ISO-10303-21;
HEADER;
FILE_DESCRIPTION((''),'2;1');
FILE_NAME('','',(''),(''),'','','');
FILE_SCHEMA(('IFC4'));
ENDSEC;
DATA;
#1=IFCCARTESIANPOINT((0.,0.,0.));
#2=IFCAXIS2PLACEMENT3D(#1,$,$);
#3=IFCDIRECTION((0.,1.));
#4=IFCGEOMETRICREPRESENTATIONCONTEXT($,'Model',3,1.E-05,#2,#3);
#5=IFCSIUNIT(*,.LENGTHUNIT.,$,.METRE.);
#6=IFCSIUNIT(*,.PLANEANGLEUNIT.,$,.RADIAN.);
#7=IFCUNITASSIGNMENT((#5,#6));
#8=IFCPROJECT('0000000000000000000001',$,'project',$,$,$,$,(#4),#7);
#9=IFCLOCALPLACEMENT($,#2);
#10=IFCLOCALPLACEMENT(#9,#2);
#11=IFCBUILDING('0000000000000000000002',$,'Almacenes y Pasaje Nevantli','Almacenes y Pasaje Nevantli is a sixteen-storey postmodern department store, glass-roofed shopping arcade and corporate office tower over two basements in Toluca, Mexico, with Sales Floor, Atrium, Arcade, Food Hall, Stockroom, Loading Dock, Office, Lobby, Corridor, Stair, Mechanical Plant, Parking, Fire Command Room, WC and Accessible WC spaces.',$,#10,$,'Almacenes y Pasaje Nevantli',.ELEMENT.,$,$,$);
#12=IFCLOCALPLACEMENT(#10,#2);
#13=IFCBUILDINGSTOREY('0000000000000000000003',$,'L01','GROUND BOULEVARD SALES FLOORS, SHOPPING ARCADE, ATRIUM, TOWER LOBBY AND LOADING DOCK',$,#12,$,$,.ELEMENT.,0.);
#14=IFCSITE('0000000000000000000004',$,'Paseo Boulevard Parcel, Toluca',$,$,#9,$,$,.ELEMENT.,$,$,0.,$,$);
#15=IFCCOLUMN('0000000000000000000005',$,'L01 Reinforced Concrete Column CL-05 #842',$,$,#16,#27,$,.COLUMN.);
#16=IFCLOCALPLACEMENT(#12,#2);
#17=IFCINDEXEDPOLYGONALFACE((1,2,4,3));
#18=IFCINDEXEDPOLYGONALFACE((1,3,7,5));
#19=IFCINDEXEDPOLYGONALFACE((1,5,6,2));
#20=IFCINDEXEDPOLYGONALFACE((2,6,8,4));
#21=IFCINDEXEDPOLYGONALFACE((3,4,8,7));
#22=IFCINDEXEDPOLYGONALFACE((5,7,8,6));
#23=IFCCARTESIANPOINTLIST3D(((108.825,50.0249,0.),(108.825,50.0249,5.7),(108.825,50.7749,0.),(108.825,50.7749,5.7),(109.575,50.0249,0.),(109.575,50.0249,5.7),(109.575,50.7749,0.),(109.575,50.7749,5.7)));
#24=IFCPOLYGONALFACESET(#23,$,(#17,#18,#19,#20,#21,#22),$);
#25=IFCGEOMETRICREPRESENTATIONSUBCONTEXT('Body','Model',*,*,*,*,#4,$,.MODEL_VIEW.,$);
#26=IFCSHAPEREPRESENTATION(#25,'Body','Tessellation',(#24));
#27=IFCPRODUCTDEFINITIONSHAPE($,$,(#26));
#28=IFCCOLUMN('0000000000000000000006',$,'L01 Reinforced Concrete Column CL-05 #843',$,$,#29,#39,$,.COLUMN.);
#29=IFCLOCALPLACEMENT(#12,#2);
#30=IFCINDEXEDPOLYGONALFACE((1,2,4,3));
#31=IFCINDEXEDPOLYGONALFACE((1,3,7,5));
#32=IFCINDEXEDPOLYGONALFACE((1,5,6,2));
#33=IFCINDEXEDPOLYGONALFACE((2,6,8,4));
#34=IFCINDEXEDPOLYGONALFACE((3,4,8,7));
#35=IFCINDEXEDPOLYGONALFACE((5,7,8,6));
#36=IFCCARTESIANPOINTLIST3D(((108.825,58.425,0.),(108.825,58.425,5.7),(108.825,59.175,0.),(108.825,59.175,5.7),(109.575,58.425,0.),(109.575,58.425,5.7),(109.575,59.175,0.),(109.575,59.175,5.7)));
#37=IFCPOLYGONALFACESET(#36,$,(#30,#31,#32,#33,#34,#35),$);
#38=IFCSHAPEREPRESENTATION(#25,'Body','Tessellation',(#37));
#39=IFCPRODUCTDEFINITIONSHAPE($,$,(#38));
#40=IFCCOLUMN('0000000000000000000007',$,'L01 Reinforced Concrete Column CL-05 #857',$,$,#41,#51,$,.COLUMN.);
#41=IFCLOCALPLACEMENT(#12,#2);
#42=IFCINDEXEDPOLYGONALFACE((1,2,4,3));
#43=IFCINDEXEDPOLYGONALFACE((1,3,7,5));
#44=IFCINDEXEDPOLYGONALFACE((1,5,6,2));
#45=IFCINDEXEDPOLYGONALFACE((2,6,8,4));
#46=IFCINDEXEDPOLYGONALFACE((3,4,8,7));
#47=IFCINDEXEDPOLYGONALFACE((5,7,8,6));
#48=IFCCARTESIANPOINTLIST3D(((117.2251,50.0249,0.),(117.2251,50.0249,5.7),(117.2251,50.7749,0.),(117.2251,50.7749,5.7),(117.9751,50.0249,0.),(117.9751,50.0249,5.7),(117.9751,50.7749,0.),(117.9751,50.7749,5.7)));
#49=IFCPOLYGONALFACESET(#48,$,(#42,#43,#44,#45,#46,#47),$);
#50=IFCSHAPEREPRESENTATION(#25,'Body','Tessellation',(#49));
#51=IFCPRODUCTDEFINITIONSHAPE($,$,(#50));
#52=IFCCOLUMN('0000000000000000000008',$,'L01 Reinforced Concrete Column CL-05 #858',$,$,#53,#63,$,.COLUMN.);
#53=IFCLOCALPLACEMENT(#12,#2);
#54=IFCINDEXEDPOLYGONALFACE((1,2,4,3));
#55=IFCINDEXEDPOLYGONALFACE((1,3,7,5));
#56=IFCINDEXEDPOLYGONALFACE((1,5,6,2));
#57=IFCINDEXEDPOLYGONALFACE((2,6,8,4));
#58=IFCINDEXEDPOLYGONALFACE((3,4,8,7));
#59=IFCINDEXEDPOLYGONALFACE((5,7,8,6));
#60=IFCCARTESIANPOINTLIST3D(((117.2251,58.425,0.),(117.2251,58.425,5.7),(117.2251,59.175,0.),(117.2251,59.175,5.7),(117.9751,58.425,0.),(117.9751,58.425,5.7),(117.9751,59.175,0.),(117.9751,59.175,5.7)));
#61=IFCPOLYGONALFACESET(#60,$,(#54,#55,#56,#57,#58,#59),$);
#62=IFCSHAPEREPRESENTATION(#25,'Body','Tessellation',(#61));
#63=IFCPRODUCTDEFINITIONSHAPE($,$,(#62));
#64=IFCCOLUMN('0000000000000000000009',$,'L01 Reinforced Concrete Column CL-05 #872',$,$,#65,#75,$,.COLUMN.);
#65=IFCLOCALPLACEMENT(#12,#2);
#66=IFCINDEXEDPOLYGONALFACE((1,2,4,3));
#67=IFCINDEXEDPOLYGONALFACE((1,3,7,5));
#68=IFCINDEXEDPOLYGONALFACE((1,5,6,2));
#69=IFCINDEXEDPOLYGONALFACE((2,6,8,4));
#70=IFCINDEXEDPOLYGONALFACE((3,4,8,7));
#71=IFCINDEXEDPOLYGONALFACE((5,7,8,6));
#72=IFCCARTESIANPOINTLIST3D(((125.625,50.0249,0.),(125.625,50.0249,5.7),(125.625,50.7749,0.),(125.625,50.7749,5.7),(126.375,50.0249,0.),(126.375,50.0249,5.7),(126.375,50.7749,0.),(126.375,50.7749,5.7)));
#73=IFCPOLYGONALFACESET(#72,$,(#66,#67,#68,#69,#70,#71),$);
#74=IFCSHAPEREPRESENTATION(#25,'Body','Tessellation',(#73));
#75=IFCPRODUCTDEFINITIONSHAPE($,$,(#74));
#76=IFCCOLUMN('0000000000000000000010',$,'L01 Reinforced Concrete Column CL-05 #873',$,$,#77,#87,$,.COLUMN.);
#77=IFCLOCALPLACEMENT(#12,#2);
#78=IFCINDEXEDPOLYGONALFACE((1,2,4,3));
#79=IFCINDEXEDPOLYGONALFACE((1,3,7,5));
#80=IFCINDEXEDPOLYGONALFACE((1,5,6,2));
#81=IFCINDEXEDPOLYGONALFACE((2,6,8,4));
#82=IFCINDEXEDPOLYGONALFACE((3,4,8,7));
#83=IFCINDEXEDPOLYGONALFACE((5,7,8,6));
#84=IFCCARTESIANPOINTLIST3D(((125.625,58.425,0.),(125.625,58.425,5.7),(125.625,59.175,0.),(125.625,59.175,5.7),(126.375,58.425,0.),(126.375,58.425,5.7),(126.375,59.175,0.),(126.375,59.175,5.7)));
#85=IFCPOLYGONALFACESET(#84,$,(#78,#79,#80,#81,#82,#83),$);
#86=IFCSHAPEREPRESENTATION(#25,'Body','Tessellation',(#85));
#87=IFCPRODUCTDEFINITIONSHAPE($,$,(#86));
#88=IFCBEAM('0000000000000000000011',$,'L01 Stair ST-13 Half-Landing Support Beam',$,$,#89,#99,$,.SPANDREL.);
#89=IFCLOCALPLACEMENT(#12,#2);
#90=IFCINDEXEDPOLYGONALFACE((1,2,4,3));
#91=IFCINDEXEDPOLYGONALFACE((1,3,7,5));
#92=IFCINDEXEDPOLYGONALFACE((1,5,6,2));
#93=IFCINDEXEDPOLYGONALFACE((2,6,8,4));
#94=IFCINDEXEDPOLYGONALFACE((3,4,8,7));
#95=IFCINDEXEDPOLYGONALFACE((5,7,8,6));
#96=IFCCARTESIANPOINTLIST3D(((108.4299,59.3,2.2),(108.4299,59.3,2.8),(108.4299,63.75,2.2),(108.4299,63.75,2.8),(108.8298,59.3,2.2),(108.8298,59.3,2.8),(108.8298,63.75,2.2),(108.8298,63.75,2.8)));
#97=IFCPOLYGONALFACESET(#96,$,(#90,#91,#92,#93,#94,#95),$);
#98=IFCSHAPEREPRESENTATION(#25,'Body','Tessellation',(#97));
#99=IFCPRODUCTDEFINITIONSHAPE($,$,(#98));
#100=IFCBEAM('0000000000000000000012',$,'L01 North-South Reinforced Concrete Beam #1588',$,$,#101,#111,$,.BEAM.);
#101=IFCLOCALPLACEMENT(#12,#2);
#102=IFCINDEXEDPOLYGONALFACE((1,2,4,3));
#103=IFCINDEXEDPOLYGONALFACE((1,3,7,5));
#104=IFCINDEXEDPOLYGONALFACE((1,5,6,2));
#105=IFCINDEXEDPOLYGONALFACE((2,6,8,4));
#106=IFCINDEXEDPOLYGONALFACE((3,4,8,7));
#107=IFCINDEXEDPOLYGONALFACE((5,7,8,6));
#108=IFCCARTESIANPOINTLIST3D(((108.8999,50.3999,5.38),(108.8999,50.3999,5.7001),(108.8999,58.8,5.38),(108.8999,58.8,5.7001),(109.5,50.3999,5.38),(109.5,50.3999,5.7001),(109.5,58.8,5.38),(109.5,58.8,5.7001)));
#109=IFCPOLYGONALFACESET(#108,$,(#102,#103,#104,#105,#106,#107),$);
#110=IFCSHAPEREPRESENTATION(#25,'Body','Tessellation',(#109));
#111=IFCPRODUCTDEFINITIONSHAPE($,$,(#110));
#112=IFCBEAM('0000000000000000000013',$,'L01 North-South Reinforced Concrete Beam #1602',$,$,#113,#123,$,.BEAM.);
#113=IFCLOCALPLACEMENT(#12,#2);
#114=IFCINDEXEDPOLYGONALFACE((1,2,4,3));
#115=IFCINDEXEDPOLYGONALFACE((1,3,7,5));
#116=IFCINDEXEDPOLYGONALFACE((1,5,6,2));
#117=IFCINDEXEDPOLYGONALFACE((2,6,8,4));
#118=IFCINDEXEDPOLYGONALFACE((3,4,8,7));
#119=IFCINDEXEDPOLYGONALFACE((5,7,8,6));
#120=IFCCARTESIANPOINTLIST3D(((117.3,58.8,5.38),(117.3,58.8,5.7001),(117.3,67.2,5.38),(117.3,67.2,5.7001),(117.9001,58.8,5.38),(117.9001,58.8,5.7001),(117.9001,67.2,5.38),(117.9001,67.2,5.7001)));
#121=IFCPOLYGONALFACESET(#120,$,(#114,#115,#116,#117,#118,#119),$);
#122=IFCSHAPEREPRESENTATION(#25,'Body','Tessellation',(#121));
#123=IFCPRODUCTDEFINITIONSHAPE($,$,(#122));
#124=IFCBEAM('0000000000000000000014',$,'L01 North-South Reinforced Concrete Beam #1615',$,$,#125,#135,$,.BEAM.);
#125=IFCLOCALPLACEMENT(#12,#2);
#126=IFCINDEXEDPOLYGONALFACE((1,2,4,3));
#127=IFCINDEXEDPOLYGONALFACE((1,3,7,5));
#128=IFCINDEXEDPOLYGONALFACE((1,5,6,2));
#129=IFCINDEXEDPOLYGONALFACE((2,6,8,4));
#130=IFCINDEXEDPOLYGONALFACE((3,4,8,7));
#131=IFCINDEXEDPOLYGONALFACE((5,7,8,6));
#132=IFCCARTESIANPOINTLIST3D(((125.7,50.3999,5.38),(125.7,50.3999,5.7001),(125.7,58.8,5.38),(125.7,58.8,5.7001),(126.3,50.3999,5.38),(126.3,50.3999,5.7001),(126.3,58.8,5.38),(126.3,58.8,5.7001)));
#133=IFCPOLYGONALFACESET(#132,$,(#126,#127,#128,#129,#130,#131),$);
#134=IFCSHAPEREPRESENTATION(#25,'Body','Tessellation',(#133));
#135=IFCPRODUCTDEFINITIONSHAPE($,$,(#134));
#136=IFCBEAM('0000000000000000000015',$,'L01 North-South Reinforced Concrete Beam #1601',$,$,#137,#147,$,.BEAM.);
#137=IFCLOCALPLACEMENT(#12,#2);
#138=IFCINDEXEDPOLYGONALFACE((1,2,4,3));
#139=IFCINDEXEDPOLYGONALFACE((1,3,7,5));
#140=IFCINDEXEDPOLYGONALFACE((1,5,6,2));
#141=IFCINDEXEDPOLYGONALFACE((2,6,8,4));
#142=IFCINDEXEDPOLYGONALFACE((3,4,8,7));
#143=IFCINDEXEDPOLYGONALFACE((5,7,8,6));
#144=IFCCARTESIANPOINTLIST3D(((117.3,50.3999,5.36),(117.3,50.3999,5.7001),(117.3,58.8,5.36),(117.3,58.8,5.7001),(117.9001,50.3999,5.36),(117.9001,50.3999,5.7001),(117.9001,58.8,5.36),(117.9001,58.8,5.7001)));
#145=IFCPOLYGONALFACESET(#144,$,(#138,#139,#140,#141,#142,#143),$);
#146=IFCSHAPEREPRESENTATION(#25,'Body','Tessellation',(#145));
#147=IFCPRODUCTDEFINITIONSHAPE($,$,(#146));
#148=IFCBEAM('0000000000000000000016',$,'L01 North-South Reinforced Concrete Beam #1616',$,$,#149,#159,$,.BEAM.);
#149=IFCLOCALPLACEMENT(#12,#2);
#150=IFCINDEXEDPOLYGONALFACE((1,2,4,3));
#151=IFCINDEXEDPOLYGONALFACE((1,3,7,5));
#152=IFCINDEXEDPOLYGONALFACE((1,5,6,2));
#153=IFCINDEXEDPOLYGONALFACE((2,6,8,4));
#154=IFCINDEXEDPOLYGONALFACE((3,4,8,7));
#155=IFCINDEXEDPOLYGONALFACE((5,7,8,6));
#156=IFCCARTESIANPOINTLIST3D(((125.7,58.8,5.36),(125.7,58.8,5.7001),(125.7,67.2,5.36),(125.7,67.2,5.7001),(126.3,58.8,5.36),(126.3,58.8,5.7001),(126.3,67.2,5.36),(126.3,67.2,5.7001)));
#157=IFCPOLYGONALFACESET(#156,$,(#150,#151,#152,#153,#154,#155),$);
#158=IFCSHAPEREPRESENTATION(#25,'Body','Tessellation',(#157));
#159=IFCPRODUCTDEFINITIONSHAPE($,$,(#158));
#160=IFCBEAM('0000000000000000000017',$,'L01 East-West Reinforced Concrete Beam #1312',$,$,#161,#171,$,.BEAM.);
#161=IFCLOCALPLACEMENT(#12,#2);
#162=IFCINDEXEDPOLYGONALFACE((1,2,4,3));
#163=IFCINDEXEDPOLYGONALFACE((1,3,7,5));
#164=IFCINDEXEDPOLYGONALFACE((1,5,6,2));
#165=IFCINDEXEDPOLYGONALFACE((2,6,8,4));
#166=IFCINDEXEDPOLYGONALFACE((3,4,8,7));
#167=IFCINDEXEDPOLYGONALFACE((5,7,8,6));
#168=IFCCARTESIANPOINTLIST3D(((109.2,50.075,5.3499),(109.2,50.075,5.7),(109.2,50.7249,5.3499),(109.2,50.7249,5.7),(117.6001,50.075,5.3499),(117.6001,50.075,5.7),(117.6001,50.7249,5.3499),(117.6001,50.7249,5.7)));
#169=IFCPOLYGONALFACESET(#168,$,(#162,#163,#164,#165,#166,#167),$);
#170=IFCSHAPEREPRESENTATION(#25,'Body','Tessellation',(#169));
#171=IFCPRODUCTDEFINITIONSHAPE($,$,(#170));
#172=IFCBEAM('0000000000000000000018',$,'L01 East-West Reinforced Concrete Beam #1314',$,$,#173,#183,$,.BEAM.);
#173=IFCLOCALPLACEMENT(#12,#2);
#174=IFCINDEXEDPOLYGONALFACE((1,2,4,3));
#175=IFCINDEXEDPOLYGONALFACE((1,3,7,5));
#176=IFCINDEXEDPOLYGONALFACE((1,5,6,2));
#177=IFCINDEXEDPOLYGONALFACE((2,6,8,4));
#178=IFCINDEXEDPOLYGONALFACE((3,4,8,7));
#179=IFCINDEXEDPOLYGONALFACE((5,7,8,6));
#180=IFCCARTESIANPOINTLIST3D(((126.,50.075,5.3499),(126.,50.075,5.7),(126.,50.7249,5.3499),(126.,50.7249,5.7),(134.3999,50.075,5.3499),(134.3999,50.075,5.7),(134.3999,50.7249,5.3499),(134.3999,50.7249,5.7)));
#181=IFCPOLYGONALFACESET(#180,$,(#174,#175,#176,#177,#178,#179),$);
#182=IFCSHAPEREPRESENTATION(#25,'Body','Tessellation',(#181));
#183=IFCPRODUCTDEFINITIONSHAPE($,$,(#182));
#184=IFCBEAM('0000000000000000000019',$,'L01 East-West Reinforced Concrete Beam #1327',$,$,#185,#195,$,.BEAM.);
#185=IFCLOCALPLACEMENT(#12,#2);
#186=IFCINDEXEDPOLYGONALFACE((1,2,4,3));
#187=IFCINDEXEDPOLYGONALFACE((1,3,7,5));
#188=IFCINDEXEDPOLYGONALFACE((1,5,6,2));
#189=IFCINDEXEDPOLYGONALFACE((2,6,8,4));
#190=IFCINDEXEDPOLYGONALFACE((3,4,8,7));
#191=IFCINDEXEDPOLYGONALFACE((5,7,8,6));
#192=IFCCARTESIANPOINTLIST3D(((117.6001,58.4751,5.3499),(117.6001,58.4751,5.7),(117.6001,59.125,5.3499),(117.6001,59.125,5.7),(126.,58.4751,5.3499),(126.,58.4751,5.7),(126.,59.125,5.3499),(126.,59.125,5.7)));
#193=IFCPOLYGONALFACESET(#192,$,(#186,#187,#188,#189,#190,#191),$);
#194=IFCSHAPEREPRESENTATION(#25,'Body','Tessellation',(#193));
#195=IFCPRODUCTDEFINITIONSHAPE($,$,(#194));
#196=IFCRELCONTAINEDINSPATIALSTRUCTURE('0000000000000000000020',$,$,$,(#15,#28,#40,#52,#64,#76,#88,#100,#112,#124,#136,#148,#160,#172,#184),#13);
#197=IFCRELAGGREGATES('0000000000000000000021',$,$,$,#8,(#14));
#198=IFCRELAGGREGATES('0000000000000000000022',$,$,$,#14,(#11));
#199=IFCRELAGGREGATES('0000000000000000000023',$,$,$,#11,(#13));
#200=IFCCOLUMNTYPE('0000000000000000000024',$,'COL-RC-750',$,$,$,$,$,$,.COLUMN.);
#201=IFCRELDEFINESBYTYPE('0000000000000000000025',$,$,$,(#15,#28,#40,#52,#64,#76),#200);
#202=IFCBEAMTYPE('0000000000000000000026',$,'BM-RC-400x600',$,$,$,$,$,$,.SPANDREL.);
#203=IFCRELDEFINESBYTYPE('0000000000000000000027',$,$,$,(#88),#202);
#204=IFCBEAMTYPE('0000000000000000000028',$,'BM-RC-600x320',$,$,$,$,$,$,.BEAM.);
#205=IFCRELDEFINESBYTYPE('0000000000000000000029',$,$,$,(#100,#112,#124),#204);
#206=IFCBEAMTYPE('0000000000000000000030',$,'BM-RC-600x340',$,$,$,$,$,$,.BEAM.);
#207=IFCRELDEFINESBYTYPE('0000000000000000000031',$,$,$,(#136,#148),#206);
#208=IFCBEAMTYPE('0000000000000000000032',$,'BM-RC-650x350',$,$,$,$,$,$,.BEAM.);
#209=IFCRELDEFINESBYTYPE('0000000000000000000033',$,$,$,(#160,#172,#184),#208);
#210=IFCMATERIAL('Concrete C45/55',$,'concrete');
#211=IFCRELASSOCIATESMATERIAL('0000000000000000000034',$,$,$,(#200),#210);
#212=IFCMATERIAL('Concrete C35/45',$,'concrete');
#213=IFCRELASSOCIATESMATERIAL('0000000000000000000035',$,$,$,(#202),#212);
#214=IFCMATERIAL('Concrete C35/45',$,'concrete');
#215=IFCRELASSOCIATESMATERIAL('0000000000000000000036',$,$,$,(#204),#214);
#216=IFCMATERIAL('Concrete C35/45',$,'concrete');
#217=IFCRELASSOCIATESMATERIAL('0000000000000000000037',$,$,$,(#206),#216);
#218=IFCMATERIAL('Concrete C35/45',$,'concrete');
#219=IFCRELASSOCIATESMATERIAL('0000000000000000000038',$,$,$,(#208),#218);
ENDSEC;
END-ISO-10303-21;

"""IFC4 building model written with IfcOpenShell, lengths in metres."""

from ifc_helpers import new_model, si_unit, direction, frame, origin, origin_2d, place, context, subcontext, project, spatial, rectangle, extrude, material, material_profile, profile_set, type_object, element, save


model = new_model("IFC4")

# Units and contexts
model_context = context("Model", 3, precision=1e-05, world=origin(), true_north=direction((0.0, 1.0)))
body_context = subcontext(model_context, "Body", "Model", "MODEL_VIEW")
ifc_project = project(units=[si_unit("LENGTHUNIT", "METRE"), si_unit("PLANEANGLEUNIT", "RADIAN")], contexts=[model_context])

# Site, building, storey
site_placement = place(None, origin())
site = spatial("IfcSite", under=ifc_project, at=site_placement, Name="Paseo Boulevard Parcel, Toluca", CompositionType="ELEMENT", RefElevation=0.0)
building_placement = place(site_placement, origin())
building = spatial("IfcBuilding", under=site, at=building_placement, Name="Almacenes y Pasaje Nevantli", Description="Almacenes y Pasaje Nevantli is a sixteen-storey postmodern department store, glass-roofed shopping arcade and corporate office tower over two basements in Toluca, Mexico, with Sales Floor, Atrium, Arcade, Food Hall, Stockroom, Loading Dock, Office, Lobby, Corridor, Stair, Mechanical Plant, Parking, Fire Command Room, WC and Accessible WC spaces.", LongName="Almacenes y Pasaje Nevantli", CompositionType="ELEMENT")
storey_placement = place(building_placement, origin())
storey = spatial("IfcBuildingStorey", under=building, at=storey_placement, Name="L01", Description="GROUND BOULEVARD SALES FLOORS, SHOPPING ARCADE, ATRIUM, TOWER LOBBY AND LOADING DOCK", CompositionType="ELEMENT", Elevation=0.0)

# Columns
ifc_material_1 = material(Name="Concrete C45/55", Category="concrete")
ifc_material_profile_1 = material_profile(ifc_material_1, rectangle(XDim=0.75, YDim=0.75, at=origin_2d()), Name="RC-COL-750x750")
ifc_profile_set_1 = profile_set([ifc_material_profile_1], Name="Concrete C45/55")
column_type = type_object("IfcColumnType", Name="COL-RC-750", PredefinedType="COLUMN", material=ifc_profile_set_1)
for number, where, z_axis, x_axis, name in (
    (1, (109.2, 50.3999, 0.0), (0.0, 0.0, 1.0), (1.0, 0.0, 0.0), "L01 Reinforced Concrete Column CL-05 #842"),
    (2, (109.2, 58.8, 0.0), (0.0, 0.0, 1.0), (1.0, 0.0, 0.0), "L01 Reinforced Concrete Column CL-05 #843"),
    (3, (117.6001, 50.3999, 0.0), (0.0, 0.0, 1.0), (1.0, 0.0, 0.0), "L01 Reinforced Concrete Column CL-05 #857"),
    (4, (117.6001, 58.8, 0.0), (0.0, 0.0, 1.0), (1.0, 0.0, 0.0), "L01 Reinforced Concrete Column CL-05 #858"),
    (5, (126.0, 50.3999, 0.0), (0.0, 0.0, 1.0), (1.0, 0.0, 0.0), "L01 Reinforced Concrete Column CL-05 #872"),
    (6, (126.0, 58.8, 0.0), (0.0, 0.0, 1.0), (1.0, 0.0, 0.0), "L01 Reinforced Concrete Column CL-05 #873"),
):
    element("IfcColumn", number, at=place(storey_placement, frame(where, z_axis=z_axis, x_axis=x_axis)), inside=storey, type_object=column_type, Name=name, PredefinedType="COLUMN", context=body_context, shape_type="SweptSolid", body=[
        extrude(rectangle(XDim=0.75, YDim=0.75, at=origin_2d()), origin(), (0.0, 0.0, 1.0), 5.7),
    ])

# Beams
ifc_material_2 = material(Name="Concrete C35/45", Category="concrete")
ifc_material_profile_2 = material_profile(ifc_material_2, rectangle(XDim=0.3999, YDim=0.6001, at=origin_2d()), Name="RC-BM-400x600")
ifc_profile_set_2 = profile_set([ifc_material_profile_2], Name="Concrete C35/45")
beam_type_1 = type_object("IfcBeamType", Name="BM-RC-400x600", PredefinedType="SPANDREL", material=ifc_profile_set_2)
beam_1_placement = place(storey_placement, frame((108.6299, 59.3, 2.5), z_axis=(0.0, 1.0, 0.0), x_axis=(-1.0, 0.0, 0.0)))
element("IfcBeam", 7, at=beam_1_placement, inside=storey, type_object=beam_type_1, Name="L01 Stair ST-13 Half-Landing Support Beam", PredefinedType="SPANDREL", context=body_context, shape_type="SweptSolid", body=[
    extrude(rectangle(XDim=0.3999, YDim=0.6001, at=origin_2d()), origin(), (0.0, 0.0, 1.0), 4.45),
])
ifc_material_3 = material(Name="Concrete C35/45", Category="concrete")
ifc_material_profile_3 = material_profile(ifc_material_3, rectangle(XDim=0.6001, YDim=0.3201, at=origin_2d()), Name="RC-BM-600x320")
ifc_profile_set_3 = profile_set([ifc_material_profile_3], Name="Concrete C35/45")
beam_type_2 = type_object("IfcBeamType", Name="BM-RC-600x320", PredefinedType="BEAM", material=ifc_profile_set_3)
beam_2_placement = place(storey_placement, frame((109.2, 50.3999, 5.54), z_axis=(0.0, 1.0, 0.0), x_axis=(-1.0, 0.0, 0.0)))
element("IfcBeam", 8, at=beam_2_placement, inside=storey, type_object=beam_type_2, Name="L01 North-South Reinforced Concrete Beam #1588", PredefinedType="BEAM", context=body_context, shape_type="SweptSolid", body=[
    extrude(rectangle(XDim=0.6001, YDim=0.3201, at=origin_2d()), origin(), (0.0, 0.0, 1.0), 8.4001),
])
beam_3_placement = place(storey_placement, frame((117.6001, 58.8, 5.54), z_axis=(0.0, 1.0, 0.0), x_axis=(-1.0, 0.0, 0.0)))
element("IfcBeam", 9, at=beam_3_placement, inside=storey, type_object=beam_type_2, Name="L01 North-South Reinforced Concrete Beam #1602", PredefinedType="BEAM", context=body_context, shape_type="SweptSolid", body=[
    extrude(rectangle(XDim=0.6001, YDim=0.3201, at=origin_2d()), origin(), (0.0, 0.0, 1.0), 8.3999),
])
beam_4_placement = place(storey_placement, frame((126.0, 50.3999, 5.54), z_axis=(0.0, 1.0, 0.0), x_axis=(-1.0, 0.0, 0.0)))
element("IfcBeam", 10, at=beam_4_placement, inside=storey, type_object=beam_type_2, Name="L01 North-South Reinforced Concrete Beam #1615", PredefinedType="BEAM", context=body_context, shape_type="SweptSolid", body=[
    extrude(rectangle(XDim=0.6001, YDim=0.3201, at=origin_2d()), origin(), (0.0, 0.0, 1.0), 8.4001),
])
ifc_material_4 = material(Name="Concrete C35/45", Category="concrete")
ifc_material_profile_4 = material_profile(ifc_material_4, rectangle(XDim=0.6001, YDim=0.3401, at=origin_2d()), Name="RC-BM-600x340")
ifc_profile_set_4 = profile_set([ifc_material_profile_4], Name="Concrete C35/45")
beam_type_3 = type_object("IfcBeamType", Name="BM-RC-600x340", PredefinedType="BEAM", material=ifc_profile_set_4)
beam_5_placement = place(storey_placement, frame((117.6001, 50.3999, 5.53), z_axis=(0.0, 1.0, 0.0), x_axis=(-1.0, 0.0, 0.0)))
element("IfcBeam", 11, at=beam_5_placement, inside=storey, type_object=beam_type_3, Name="L01 North-South Reinforced Concrete Beam #1601", PredefinedType="BEAM", context=body_context, shape_type="SweptSolid", body=[
    extrude(rectangle(XDim=0.6001, YDim=0.3401, at=origin_2d()), origin(), (0.0, 0.0, 1.0), 8.4001),
])
beam_6_placement = place(storey_placement, frame((126.0, 58.8, 5.53), z_axis=(0.0, 1.0, 0.0), x_axis=(-1.0, 0.0, 0.0)))
element("IfcBeam", 12, at=beam_6_placement, inside=storey, type_object=beam_type_3, Name="L01 North-South Reinforced Concrete Beam #1616", PredefinedType="BEAM", context=body_context, shape_type="SweptSolid", body=[
    extrude(rectangle(XDim=0.6001, YDim=0.3401, at=origin_2d()), origin(), (0.0, 0.0, 1.0), 8.3999),
])
ifc_material_5 = material(Name="Concrete C35/45", Category="concrete")
ifc_material_profile_5 = material_profile(ifc_material_5, rectangle(XDim=0.6499, YDim=0.3501, at=origin_2d()), Name="RC-BM-650x350")
ifc_profile_set_5 = profile_set([ifc_material_profile_5], Name="Concrete C35/45")
beam_type_4 = type_object("IfcBeamType", Name="BM-RC-650x350", PredefinedType="BEAM", material=ifc_profile_set_5)
beam_7_placement = place(storey_placement, frame((109.2, 50.3999, 5.5249), z_axis=(1.0, 0.0, 0.0), x_axis=(0.0, 1.0, 0.0)))
element("IfcBeam", 13, at=beam_7_placement, inside=storey, type_object=beam_type_4, Name="L01 East-West Reinforced Concrete Beam #1312", PredefinedType="BEAM", context=body_context, shape_type="SweptSolid", body=[
    extrude(rectangle(XDim=0.6499, YDim=0.3501, at=origin_2d()), origin(), (0.0, 0.0, 1.0), 8.4001),
])
for number, where, z_axis, x_axis, name in (
    (14, (126.0, 50.3999, 5.5249), (1.0, 0.0, 0.0), (0.0, 1.0, 0.0), "L01 East-West Reinforced Concrete Beam #1314"),
    (15, (117.6001, 58.8, 5.5249), (1.0, 0.0, 0.0), (0.0, 1.0, 0.0), "L01 East-West Reinforced Concrete Beam #1327"),
):
    element("IfcBeam", number, at=place(storey_placement, frame(where, z_axis=z_axis, x_axis=x_axis)), inside=storey, type_object=beam_type_4, Name=name, PredefinedType="BEAM", context=body_context, shape_type="SweptSolid", body=[
        extrude(rectangle(XDim=0.6499, YDim=0.3501, at=origin_2d()), origin(), (0.0, 0.0, 1.0), 8.3999),
    ])

save(model, "model.ifc")
